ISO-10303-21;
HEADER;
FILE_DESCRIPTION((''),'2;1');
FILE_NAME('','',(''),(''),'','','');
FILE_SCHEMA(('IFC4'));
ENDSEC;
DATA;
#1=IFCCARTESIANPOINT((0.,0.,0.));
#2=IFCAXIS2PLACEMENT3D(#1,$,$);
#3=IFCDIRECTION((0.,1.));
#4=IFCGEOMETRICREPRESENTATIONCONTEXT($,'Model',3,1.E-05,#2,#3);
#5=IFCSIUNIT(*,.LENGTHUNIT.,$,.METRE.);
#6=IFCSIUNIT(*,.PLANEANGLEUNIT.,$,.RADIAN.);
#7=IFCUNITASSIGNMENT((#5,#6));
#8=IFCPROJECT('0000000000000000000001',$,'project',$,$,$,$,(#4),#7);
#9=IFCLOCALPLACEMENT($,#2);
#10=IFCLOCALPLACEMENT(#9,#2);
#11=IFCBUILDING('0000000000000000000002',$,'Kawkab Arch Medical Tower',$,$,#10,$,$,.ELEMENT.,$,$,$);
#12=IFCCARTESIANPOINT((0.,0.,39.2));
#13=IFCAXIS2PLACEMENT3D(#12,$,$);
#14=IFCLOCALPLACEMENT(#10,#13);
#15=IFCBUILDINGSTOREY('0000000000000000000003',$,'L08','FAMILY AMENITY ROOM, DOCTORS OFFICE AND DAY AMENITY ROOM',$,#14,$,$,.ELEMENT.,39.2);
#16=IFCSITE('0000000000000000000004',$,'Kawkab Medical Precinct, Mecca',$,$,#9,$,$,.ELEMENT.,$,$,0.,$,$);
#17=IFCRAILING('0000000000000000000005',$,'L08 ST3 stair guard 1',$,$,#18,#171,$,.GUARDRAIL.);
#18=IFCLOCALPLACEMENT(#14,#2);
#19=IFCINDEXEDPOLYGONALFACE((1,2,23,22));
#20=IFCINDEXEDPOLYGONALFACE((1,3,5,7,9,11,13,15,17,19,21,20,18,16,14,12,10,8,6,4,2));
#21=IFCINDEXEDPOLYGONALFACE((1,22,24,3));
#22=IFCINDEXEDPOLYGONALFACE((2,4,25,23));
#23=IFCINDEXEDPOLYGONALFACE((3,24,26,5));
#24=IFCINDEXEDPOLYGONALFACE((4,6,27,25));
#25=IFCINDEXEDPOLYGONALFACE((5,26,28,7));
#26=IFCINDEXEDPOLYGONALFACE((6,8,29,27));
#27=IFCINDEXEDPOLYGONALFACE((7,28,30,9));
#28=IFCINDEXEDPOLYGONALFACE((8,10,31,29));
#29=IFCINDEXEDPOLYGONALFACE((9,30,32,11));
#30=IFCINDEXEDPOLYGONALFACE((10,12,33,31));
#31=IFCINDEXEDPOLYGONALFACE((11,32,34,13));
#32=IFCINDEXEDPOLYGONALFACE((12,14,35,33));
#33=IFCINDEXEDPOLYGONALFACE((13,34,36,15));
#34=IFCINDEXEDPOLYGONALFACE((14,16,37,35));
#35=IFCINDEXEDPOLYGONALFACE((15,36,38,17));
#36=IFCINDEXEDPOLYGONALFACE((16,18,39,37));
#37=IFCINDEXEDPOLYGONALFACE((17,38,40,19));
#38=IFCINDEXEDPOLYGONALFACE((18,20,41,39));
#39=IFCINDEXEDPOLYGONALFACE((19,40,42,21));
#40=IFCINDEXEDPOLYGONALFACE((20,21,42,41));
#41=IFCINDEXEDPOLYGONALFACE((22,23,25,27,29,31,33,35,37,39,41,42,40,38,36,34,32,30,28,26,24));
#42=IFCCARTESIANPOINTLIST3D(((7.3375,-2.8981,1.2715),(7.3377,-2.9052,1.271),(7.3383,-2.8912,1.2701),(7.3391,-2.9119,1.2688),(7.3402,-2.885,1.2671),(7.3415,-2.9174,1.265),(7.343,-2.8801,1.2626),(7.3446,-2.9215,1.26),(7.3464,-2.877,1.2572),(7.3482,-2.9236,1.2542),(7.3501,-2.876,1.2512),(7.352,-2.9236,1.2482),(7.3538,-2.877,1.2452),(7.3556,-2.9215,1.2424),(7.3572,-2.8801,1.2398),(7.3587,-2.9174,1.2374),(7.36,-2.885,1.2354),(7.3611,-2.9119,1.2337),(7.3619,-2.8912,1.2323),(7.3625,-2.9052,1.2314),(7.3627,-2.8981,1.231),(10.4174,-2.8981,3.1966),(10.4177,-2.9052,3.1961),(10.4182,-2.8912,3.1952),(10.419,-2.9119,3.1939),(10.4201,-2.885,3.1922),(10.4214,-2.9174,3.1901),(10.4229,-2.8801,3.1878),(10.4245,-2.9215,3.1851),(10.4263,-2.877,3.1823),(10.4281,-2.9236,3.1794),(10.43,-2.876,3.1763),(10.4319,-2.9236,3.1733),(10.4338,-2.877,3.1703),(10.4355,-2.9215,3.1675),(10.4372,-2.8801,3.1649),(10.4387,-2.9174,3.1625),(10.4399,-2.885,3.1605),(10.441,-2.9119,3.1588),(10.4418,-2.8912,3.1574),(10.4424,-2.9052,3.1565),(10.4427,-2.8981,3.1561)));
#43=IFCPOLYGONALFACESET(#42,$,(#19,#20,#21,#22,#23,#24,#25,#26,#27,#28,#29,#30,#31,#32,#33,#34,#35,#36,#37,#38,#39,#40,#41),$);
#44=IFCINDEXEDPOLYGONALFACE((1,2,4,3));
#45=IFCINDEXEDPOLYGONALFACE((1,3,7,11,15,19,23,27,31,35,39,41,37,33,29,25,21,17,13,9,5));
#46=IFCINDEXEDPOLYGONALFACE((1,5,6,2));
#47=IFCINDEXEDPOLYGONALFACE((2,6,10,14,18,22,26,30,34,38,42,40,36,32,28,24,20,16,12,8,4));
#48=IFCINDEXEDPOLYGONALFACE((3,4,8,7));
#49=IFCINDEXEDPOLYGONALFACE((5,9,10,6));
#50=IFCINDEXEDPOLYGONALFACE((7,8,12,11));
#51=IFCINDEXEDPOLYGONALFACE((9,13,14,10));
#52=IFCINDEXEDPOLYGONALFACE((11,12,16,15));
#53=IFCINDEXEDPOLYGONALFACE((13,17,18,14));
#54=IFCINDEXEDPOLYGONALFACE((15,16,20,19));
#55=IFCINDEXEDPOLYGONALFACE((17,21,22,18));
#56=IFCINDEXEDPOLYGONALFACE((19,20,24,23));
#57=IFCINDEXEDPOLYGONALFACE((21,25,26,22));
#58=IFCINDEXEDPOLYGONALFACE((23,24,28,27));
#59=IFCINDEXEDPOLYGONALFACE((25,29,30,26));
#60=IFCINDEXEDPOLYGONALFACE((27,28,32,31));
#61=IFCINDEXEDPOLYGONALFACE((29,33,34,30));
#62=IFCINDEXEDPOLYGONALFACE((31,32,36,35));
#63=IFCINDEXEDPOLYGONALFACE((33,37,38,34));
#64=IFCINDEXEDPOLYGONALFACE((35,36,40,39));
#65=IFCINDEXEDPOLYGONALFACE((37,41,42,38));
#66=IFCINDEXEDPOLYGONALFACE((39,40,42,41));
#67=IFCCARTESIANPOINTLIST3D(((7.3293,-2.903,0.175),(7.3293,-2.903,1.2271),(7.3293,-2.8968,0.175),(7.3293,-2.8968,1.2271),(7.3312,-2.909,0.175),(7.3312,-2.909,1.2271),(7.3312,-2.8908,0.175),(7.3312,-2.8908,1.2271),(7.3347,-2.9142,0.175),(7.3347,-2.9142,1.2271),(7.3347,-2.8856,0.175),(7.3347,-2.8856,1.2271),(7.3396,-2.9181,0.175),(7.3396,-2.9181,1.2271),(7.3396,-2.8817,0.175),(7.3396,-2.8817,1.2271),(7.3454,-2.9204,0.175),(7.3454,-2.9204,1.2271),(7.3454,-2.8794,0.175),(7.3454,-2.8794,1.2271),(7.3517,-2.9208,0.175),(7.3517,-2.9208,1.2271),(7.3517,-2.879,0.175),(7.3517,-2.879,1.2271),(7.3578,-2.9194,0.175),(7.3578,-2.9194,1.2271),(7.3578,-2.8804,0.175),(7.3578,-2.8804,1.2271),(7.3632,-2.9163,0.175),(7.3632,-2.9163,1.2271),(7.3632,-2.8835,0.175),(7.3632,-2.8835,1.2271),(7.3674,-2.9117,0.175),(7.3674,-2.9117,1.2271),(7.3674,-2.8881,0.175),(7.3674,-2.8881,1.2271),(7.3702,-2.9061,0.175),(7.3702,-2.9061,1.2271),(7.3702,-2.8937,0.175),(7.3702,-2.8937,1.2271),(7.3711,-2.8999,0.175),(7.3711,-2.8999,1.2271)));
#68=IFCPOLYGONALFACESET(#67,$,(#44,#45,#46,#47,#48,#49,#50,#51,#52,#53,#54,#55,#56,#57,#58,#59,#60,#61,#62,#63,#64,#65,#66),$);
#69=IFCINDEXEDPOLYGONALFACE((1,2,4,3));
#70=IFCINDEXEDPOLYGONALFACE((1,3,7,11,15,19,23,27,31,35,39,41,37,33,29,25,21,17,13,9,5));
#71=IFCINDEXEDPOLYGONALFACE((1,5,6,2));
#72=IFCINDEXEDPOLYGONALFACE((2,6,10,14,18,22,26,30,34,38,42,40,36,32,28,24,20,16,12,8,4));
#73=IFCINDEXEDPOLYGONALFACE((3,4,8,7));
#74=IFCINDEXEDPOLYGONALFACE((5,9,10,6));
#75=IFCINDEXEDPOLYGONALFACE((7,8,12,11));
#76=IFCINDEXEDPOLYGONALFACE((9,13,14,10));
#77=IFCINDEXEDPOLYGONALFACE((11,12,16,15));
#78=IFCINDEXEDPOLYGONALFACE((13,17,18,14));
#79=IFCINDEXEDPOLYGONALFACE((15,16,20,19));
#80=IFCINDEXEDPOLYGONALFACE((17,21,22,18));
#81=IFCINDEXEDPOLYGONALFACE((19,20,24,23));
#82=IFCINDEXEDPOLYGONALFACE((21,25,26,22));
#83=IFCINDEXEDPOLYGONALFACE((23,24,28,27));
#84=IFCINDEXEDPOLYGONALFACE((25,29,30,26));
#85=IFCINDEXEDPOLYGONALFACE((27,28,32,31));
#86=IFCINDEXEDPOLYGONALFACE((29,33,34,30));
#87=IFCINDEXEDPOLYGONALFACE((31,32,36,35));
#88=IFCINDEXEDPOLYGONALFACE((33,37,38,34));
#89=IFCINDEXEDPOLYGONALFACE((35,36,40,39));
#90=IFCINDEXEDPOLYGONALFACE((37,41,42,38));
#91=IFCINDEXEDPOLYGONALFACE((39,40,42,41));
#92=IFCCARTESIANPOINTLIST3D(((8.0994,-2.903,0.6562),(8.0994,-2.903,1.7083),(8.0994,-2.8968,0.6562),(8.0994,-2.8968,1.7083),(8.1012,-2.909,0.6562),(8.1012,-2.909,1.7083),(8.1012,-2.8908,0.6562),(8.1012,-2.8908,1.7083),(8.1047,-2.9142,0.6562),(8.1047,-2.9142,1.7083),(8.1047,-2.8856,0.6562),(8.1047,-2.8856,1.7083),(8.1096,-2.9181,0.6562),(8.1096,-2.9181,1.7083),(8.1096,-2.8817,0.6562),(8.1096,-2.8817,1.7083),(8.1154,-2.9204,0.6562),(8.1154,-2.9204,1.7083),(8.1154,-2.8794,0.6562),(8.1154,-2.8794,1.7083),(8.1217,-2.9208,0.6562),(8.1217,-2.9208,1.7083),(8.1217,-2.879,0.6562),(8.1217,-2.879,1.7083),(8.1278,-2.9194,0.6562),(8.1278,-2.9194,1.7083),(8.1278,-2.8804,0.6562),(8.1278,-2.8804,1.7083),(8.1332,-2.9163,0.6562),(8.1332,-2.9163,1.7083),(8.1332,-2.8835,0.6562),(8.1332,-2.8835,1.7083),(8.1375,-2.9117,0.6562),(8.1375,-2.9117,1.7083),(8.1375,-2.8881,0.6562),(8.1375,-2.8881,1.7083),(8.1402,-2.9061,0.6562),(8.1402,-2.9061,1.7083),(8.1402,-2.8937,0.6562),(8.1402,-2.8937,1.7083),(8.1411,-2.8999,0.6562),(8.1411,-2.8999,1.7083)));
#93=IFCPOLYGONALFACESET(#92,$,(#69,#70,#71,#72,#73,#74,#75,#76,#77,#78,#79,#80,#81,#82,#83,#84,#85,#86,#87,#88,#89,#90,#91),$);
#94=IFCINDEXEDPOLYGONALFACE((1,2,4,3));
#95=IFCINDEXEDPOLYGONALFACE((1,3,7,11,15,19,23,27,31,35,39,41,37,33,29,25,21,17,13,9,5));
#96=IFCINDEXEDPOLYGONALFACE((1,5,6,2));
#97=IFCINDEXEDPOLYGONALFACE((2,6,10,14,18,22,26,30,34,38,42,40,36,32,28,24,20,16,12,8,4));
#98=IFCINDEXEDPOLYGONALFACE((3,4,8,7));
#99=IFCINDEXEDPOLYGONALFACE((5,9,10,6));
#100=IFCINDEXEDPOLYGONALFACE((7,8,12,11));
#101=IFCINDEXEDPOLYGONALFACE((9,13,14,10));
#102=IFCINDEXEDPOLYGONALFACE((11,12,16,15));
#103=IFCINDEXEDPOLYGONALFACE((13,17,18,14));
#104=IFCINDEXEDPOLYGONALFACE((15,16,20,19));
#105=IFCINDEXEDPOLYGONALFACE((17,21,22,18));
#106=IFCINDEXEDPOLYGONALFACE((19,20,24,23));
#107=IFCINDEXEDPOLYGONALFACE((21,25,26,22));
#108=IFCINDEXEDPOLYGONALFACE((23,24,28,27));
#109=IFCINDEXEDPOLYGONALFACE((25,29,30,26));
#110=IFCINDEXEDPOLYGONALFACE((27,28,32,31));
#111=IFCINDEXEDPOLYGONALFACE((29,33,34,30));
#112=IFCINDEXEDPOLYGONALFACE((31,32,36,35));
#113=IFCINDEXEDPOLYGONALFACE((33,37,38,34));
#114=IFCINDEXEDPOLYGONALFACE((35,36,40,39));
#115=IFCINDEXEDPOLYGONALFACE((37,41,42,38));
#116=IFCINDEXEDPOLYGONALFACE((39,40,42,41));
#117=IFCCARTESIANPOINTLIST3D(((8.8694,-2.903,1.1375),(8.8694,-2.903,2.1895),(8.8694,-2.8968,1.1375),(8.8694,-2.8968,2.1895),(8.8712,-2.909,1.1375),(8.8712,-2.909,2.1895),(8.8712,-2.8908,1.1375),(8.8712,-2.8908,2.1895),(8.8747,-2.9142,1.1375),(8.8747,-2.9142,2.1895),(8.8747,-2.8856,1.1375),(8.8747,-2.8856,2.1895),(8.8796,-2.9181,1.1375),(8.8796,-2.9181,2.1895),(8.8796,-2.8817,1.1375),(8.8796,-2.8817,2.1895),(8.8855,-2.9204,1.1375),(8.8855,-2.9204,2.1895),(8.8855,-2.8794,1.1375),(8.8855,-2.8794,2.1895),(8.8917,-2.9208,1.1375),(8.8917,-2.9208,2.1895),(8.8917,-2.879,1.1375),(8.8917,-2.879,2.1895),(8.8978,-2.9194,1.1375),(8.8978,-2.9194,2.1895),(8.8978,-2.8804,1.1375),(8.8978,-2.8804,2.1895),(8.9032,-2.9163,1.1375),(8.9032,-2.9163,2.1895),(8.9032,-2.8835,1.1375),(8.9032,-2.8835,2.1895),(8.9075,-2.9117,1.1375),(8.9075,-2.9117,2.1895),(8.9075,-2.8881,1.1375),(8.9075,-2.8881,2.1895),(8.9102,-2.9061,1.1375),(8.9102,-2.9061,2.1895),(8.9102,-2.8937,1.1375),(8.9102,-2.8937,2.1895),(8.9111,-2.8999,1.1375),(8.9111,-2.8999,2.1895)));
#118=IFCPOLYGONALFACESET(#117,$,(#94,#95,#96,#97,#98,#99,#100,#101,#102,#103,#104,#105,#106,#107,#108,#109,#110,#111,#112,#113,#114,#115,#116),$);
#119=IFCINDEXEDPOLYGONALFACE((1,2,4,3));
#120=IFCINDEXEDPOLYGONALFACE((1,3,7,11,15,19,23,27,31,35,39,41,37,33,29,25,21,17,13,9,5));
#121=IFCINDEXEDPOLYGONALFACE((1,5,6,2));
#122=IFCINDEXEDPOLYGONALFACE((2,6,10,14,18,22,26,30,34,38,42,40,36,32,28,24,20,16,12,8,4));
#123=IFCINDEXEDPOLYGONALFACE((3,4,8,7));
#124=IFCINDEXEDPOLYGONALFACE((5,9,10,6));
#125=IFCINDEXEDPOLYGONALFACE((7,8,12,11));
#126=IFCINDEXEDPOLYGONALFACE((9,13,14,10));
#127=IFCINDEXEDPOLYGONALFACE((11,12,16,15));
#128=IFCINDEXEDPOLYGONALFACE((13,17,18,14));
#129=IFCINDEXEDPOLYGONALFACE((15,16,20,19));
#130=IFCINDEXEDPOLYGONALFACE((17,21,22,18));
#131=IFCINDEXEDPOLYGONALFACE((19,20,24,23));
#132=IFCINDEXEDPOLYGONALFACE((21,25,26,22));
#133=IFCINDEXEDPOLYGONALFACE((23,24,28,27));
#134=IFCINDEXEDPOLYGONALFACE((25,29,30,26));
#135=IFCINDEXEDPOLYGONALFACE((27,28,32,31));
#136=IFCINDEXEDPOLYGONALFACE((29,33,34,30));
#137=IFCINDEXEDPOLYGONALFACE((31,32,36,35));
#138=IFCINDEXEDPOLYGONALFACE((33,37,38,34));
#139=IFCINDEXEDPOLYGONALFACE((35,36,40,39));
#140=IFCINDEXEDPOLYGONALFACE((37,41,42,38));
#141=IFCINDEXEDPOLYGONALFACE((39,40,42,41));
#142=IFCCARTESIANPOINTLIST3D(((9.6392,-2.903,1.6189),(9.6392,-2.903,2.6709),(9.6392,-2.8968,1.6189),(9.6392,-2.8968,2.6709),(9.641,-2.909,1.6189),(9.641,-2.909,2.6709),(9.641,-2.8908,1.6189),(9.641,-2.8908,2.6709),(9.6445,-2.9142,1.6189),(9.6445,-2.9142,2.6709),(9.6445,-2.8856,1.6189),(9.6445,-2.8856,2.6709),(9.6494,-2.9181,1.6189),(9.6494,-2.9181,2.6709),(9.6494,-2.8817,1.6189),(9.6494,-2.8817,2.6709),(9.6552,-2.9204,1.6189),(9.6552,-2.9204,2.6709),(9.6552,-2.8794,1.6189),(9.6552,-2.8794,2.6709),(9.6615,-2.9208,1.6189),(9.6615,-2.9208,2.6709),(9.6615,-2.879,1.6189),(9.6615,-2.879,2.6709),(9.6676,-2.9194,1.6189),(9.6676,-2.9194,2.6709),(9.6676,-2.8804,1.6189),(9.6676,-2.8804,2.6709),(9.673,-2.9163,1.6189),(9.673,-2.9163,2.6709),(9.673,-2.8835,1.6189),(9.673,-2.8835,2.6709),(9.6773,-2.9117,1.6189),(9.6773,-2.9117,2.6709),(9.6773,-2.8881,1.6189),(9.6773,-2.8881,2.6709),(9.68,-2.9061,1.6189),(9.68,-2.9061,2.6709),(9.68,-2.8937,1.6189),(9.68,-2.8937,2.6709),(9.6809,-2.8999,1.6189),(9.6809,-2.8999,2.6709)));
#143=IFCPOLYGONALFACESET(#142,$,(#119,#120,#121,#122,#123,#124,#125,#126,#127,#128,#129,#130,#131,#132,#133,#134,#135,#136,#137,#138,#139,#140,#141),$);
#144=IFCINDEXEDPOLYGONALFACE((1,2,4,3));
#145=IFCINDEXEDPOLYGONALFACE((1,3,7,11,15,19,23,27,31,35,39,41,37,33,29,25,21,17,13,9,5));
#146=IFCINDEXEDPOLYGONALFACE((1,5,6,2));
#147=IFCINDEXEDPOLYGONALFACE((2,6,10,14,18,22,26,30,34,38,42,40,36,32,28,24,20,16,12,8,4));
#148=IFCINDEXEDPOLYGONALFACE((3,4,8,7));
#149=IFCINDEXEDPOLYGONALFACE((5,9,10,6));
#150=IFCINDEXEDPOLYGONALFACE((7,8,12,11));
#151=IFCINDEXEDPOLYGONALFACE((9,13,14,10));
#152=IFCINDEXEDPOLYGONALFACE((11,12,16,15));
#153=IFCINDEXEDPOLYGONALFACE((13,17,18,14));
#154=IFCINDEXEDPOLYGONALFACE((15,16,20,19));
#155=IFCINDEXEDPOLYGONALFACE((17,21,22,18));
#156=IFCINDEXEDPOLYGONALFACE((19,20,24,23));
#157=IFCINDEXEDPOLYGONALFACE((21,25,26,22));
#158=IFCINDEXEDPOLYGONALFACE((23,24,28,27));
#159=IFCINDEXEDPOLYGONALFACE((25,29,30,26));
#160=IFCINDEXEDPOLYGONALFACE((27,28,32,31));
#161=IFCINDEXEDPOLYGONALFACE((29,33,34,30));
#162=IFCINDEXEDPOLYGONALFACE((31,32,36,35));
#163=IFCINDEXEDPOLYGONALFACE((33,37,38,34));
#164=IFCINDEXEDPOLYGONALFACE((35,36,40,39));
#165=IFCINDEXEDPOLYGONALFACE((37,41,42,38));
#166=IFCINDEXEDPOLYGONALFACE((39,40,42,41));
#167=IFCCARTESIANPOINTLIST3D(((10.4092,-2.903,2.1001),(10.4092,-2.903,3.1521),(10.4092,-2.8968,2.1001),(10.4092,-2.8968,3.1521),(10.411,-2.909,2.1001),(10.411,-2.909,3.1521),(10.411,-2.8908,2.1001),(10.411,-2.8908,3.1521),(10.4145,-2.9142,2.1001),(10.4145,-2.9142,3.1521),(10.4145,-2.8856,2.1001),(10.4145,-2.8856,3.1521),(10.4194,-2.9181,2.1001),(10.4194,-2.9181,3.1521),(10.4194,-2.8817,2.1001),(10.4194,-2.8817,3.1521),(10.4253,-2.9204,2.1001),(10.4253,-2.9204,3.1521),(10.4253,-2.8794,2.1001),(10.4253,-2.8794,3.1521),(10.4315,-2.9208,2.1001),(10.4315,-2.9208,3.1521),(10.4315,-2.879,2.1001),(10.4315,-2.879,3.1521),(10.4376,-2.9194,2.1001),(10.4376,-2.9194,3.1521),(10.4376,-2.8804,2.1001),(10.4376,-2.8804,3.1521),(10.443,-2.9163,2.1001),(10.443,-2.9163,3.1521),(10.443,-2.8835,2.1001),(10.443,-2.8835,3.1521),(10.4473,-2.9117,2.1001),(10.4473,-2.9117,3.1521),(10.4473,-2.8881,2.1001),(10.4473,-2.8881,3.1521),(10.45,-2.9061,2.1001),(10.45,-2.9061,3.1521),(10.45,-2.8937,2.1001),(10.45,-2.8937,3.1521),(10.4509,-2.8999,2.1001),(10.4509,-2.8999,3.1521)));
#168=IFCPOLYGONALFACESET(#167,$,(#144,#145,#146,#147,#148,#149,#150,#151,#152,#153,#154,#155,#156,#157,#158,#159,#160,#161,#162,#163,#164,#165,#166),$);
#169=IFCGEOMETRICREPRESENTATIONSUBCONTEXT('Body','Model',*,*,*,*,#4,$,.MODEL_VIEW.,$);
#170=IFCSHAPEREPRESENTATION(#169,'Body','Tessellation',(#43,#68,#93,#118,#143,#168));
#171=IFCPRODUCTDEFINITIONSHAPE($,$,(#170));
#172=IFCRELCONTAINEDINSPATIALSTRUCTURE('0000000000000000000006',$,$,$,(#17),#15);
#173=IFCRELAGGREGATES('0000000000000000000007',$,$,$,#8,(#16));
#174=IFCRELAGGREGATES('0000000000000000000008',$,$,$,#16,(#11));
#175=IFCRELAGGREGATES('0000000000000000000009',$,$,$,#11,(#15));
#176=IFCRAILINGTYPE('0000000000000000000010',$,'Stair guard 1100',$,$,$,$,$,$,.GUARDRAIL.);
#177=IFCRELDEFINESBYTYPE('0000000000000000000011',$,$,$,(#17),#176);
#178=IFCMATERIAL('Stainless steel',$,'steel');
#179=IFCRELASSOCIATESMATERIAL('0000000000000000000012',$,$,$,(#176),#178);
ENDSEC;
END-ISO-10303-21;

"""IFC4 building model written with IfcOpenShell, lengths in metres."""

from ifc_helpers import new_model, si_unit, direction, frame, origin, origin_2d, place, context, subcontext, project, spatial, circle, extrude, material, type_object, element, save


model = new_model("IFC4")

# Units and contexts
model_context = context("Model", 3, precision=1e-05, world=origin(), true_north=direction((0.0, 1.0)))
body_context = subcontext(model_context, "Body", "Model", "MODEL_VIEW")
ifc_project = project(units=[si_unit("LENGTHUNIT", "METRE"), si_unit("PLANEANGLEUNIT", "RADIAN")], contexts=[model_context])

# Site, building, storey
site_placement = place(None, origin())
site = spatial("IfcSite", under=ifc_project, at=site_placement, Name="Kawkab Medical Precinct, Mecca", CompositionType="ELEMENT", RefElevation=0.0)
building_placement = place(site_placement, origin())
building = spatial("IfcBuilding", under=site, at=building_placement, Name="Kawkab Arch Medical Tower", CompositionType="ELEMENT")
storey_placement = place(building_placement, frame((0.0, 0.0, 39.2)))
storey = spatial("IfcBuildingStorey", under=building, at=storey_placement, Name="L08", Description="FAMILY AMENITY ROOM, DOCTORS OFFICE AND DAY AMENITY ROOM", CompositionType="ELEMENT", Elevation=39.2)

# Railing
ifc_material_1 = material(Name="Stainless steel", Category="steel")
railing_type_1 = type_object("IfcRailingType", Name="Stair guard 1100", PredefinedType="GUARDRAIL", material=ifc_material_1)
railing_1_placement = place(storey_placement, frame((7.3501, -2.8999, 0.175)))
element("IfcRailing", 1, at=railing_1_placement, inside=storey, type_object=railing_type_1, Name="L08 ST3 stair guard 1", PredefinedType="GUARDRAIL", context=body_context, shape_type="SweptSolid", body=[
    extrude(circle(Radius=0.0239, at=origin_2d()), frame((0.0, 0.0, 1.0762), z_axis=(0.847979, 0.0, 0.530029), x_axis=(0.0, 1.0, 0.0)), (0.0, 0.0, 1.0), 3.6321),
    extrude(circle(Radius=0.021, at=origin_2d()), origin(), (0.0, 0.0, 1.0), 1.052),
    extrude(circle(Radius=0.021, at=origin_2d()), frame((0.77, 0.0, 0.4812)), (0.0, 0.0, 1.0), 1.052),
    extrude(circle(Radius=0.021, at=origin_2d()), frame((1.54, 0.0, 0.9624)), (0.0, 0.0, 1.0), 1.052),
    extrude(circle(Radius=0.021, at=origin_2d()), frame((2.3098, 0.0, 1.4438)), (0.0, 0.0, 1.0), 1.052),
    extrude(circle(Radius=0.021, at=origin_2d()), frame((3.0798, 0.0, 1.925)), (0.0, 0.0, 1.0), 1.052),
])

save(model, "model.ifc")
